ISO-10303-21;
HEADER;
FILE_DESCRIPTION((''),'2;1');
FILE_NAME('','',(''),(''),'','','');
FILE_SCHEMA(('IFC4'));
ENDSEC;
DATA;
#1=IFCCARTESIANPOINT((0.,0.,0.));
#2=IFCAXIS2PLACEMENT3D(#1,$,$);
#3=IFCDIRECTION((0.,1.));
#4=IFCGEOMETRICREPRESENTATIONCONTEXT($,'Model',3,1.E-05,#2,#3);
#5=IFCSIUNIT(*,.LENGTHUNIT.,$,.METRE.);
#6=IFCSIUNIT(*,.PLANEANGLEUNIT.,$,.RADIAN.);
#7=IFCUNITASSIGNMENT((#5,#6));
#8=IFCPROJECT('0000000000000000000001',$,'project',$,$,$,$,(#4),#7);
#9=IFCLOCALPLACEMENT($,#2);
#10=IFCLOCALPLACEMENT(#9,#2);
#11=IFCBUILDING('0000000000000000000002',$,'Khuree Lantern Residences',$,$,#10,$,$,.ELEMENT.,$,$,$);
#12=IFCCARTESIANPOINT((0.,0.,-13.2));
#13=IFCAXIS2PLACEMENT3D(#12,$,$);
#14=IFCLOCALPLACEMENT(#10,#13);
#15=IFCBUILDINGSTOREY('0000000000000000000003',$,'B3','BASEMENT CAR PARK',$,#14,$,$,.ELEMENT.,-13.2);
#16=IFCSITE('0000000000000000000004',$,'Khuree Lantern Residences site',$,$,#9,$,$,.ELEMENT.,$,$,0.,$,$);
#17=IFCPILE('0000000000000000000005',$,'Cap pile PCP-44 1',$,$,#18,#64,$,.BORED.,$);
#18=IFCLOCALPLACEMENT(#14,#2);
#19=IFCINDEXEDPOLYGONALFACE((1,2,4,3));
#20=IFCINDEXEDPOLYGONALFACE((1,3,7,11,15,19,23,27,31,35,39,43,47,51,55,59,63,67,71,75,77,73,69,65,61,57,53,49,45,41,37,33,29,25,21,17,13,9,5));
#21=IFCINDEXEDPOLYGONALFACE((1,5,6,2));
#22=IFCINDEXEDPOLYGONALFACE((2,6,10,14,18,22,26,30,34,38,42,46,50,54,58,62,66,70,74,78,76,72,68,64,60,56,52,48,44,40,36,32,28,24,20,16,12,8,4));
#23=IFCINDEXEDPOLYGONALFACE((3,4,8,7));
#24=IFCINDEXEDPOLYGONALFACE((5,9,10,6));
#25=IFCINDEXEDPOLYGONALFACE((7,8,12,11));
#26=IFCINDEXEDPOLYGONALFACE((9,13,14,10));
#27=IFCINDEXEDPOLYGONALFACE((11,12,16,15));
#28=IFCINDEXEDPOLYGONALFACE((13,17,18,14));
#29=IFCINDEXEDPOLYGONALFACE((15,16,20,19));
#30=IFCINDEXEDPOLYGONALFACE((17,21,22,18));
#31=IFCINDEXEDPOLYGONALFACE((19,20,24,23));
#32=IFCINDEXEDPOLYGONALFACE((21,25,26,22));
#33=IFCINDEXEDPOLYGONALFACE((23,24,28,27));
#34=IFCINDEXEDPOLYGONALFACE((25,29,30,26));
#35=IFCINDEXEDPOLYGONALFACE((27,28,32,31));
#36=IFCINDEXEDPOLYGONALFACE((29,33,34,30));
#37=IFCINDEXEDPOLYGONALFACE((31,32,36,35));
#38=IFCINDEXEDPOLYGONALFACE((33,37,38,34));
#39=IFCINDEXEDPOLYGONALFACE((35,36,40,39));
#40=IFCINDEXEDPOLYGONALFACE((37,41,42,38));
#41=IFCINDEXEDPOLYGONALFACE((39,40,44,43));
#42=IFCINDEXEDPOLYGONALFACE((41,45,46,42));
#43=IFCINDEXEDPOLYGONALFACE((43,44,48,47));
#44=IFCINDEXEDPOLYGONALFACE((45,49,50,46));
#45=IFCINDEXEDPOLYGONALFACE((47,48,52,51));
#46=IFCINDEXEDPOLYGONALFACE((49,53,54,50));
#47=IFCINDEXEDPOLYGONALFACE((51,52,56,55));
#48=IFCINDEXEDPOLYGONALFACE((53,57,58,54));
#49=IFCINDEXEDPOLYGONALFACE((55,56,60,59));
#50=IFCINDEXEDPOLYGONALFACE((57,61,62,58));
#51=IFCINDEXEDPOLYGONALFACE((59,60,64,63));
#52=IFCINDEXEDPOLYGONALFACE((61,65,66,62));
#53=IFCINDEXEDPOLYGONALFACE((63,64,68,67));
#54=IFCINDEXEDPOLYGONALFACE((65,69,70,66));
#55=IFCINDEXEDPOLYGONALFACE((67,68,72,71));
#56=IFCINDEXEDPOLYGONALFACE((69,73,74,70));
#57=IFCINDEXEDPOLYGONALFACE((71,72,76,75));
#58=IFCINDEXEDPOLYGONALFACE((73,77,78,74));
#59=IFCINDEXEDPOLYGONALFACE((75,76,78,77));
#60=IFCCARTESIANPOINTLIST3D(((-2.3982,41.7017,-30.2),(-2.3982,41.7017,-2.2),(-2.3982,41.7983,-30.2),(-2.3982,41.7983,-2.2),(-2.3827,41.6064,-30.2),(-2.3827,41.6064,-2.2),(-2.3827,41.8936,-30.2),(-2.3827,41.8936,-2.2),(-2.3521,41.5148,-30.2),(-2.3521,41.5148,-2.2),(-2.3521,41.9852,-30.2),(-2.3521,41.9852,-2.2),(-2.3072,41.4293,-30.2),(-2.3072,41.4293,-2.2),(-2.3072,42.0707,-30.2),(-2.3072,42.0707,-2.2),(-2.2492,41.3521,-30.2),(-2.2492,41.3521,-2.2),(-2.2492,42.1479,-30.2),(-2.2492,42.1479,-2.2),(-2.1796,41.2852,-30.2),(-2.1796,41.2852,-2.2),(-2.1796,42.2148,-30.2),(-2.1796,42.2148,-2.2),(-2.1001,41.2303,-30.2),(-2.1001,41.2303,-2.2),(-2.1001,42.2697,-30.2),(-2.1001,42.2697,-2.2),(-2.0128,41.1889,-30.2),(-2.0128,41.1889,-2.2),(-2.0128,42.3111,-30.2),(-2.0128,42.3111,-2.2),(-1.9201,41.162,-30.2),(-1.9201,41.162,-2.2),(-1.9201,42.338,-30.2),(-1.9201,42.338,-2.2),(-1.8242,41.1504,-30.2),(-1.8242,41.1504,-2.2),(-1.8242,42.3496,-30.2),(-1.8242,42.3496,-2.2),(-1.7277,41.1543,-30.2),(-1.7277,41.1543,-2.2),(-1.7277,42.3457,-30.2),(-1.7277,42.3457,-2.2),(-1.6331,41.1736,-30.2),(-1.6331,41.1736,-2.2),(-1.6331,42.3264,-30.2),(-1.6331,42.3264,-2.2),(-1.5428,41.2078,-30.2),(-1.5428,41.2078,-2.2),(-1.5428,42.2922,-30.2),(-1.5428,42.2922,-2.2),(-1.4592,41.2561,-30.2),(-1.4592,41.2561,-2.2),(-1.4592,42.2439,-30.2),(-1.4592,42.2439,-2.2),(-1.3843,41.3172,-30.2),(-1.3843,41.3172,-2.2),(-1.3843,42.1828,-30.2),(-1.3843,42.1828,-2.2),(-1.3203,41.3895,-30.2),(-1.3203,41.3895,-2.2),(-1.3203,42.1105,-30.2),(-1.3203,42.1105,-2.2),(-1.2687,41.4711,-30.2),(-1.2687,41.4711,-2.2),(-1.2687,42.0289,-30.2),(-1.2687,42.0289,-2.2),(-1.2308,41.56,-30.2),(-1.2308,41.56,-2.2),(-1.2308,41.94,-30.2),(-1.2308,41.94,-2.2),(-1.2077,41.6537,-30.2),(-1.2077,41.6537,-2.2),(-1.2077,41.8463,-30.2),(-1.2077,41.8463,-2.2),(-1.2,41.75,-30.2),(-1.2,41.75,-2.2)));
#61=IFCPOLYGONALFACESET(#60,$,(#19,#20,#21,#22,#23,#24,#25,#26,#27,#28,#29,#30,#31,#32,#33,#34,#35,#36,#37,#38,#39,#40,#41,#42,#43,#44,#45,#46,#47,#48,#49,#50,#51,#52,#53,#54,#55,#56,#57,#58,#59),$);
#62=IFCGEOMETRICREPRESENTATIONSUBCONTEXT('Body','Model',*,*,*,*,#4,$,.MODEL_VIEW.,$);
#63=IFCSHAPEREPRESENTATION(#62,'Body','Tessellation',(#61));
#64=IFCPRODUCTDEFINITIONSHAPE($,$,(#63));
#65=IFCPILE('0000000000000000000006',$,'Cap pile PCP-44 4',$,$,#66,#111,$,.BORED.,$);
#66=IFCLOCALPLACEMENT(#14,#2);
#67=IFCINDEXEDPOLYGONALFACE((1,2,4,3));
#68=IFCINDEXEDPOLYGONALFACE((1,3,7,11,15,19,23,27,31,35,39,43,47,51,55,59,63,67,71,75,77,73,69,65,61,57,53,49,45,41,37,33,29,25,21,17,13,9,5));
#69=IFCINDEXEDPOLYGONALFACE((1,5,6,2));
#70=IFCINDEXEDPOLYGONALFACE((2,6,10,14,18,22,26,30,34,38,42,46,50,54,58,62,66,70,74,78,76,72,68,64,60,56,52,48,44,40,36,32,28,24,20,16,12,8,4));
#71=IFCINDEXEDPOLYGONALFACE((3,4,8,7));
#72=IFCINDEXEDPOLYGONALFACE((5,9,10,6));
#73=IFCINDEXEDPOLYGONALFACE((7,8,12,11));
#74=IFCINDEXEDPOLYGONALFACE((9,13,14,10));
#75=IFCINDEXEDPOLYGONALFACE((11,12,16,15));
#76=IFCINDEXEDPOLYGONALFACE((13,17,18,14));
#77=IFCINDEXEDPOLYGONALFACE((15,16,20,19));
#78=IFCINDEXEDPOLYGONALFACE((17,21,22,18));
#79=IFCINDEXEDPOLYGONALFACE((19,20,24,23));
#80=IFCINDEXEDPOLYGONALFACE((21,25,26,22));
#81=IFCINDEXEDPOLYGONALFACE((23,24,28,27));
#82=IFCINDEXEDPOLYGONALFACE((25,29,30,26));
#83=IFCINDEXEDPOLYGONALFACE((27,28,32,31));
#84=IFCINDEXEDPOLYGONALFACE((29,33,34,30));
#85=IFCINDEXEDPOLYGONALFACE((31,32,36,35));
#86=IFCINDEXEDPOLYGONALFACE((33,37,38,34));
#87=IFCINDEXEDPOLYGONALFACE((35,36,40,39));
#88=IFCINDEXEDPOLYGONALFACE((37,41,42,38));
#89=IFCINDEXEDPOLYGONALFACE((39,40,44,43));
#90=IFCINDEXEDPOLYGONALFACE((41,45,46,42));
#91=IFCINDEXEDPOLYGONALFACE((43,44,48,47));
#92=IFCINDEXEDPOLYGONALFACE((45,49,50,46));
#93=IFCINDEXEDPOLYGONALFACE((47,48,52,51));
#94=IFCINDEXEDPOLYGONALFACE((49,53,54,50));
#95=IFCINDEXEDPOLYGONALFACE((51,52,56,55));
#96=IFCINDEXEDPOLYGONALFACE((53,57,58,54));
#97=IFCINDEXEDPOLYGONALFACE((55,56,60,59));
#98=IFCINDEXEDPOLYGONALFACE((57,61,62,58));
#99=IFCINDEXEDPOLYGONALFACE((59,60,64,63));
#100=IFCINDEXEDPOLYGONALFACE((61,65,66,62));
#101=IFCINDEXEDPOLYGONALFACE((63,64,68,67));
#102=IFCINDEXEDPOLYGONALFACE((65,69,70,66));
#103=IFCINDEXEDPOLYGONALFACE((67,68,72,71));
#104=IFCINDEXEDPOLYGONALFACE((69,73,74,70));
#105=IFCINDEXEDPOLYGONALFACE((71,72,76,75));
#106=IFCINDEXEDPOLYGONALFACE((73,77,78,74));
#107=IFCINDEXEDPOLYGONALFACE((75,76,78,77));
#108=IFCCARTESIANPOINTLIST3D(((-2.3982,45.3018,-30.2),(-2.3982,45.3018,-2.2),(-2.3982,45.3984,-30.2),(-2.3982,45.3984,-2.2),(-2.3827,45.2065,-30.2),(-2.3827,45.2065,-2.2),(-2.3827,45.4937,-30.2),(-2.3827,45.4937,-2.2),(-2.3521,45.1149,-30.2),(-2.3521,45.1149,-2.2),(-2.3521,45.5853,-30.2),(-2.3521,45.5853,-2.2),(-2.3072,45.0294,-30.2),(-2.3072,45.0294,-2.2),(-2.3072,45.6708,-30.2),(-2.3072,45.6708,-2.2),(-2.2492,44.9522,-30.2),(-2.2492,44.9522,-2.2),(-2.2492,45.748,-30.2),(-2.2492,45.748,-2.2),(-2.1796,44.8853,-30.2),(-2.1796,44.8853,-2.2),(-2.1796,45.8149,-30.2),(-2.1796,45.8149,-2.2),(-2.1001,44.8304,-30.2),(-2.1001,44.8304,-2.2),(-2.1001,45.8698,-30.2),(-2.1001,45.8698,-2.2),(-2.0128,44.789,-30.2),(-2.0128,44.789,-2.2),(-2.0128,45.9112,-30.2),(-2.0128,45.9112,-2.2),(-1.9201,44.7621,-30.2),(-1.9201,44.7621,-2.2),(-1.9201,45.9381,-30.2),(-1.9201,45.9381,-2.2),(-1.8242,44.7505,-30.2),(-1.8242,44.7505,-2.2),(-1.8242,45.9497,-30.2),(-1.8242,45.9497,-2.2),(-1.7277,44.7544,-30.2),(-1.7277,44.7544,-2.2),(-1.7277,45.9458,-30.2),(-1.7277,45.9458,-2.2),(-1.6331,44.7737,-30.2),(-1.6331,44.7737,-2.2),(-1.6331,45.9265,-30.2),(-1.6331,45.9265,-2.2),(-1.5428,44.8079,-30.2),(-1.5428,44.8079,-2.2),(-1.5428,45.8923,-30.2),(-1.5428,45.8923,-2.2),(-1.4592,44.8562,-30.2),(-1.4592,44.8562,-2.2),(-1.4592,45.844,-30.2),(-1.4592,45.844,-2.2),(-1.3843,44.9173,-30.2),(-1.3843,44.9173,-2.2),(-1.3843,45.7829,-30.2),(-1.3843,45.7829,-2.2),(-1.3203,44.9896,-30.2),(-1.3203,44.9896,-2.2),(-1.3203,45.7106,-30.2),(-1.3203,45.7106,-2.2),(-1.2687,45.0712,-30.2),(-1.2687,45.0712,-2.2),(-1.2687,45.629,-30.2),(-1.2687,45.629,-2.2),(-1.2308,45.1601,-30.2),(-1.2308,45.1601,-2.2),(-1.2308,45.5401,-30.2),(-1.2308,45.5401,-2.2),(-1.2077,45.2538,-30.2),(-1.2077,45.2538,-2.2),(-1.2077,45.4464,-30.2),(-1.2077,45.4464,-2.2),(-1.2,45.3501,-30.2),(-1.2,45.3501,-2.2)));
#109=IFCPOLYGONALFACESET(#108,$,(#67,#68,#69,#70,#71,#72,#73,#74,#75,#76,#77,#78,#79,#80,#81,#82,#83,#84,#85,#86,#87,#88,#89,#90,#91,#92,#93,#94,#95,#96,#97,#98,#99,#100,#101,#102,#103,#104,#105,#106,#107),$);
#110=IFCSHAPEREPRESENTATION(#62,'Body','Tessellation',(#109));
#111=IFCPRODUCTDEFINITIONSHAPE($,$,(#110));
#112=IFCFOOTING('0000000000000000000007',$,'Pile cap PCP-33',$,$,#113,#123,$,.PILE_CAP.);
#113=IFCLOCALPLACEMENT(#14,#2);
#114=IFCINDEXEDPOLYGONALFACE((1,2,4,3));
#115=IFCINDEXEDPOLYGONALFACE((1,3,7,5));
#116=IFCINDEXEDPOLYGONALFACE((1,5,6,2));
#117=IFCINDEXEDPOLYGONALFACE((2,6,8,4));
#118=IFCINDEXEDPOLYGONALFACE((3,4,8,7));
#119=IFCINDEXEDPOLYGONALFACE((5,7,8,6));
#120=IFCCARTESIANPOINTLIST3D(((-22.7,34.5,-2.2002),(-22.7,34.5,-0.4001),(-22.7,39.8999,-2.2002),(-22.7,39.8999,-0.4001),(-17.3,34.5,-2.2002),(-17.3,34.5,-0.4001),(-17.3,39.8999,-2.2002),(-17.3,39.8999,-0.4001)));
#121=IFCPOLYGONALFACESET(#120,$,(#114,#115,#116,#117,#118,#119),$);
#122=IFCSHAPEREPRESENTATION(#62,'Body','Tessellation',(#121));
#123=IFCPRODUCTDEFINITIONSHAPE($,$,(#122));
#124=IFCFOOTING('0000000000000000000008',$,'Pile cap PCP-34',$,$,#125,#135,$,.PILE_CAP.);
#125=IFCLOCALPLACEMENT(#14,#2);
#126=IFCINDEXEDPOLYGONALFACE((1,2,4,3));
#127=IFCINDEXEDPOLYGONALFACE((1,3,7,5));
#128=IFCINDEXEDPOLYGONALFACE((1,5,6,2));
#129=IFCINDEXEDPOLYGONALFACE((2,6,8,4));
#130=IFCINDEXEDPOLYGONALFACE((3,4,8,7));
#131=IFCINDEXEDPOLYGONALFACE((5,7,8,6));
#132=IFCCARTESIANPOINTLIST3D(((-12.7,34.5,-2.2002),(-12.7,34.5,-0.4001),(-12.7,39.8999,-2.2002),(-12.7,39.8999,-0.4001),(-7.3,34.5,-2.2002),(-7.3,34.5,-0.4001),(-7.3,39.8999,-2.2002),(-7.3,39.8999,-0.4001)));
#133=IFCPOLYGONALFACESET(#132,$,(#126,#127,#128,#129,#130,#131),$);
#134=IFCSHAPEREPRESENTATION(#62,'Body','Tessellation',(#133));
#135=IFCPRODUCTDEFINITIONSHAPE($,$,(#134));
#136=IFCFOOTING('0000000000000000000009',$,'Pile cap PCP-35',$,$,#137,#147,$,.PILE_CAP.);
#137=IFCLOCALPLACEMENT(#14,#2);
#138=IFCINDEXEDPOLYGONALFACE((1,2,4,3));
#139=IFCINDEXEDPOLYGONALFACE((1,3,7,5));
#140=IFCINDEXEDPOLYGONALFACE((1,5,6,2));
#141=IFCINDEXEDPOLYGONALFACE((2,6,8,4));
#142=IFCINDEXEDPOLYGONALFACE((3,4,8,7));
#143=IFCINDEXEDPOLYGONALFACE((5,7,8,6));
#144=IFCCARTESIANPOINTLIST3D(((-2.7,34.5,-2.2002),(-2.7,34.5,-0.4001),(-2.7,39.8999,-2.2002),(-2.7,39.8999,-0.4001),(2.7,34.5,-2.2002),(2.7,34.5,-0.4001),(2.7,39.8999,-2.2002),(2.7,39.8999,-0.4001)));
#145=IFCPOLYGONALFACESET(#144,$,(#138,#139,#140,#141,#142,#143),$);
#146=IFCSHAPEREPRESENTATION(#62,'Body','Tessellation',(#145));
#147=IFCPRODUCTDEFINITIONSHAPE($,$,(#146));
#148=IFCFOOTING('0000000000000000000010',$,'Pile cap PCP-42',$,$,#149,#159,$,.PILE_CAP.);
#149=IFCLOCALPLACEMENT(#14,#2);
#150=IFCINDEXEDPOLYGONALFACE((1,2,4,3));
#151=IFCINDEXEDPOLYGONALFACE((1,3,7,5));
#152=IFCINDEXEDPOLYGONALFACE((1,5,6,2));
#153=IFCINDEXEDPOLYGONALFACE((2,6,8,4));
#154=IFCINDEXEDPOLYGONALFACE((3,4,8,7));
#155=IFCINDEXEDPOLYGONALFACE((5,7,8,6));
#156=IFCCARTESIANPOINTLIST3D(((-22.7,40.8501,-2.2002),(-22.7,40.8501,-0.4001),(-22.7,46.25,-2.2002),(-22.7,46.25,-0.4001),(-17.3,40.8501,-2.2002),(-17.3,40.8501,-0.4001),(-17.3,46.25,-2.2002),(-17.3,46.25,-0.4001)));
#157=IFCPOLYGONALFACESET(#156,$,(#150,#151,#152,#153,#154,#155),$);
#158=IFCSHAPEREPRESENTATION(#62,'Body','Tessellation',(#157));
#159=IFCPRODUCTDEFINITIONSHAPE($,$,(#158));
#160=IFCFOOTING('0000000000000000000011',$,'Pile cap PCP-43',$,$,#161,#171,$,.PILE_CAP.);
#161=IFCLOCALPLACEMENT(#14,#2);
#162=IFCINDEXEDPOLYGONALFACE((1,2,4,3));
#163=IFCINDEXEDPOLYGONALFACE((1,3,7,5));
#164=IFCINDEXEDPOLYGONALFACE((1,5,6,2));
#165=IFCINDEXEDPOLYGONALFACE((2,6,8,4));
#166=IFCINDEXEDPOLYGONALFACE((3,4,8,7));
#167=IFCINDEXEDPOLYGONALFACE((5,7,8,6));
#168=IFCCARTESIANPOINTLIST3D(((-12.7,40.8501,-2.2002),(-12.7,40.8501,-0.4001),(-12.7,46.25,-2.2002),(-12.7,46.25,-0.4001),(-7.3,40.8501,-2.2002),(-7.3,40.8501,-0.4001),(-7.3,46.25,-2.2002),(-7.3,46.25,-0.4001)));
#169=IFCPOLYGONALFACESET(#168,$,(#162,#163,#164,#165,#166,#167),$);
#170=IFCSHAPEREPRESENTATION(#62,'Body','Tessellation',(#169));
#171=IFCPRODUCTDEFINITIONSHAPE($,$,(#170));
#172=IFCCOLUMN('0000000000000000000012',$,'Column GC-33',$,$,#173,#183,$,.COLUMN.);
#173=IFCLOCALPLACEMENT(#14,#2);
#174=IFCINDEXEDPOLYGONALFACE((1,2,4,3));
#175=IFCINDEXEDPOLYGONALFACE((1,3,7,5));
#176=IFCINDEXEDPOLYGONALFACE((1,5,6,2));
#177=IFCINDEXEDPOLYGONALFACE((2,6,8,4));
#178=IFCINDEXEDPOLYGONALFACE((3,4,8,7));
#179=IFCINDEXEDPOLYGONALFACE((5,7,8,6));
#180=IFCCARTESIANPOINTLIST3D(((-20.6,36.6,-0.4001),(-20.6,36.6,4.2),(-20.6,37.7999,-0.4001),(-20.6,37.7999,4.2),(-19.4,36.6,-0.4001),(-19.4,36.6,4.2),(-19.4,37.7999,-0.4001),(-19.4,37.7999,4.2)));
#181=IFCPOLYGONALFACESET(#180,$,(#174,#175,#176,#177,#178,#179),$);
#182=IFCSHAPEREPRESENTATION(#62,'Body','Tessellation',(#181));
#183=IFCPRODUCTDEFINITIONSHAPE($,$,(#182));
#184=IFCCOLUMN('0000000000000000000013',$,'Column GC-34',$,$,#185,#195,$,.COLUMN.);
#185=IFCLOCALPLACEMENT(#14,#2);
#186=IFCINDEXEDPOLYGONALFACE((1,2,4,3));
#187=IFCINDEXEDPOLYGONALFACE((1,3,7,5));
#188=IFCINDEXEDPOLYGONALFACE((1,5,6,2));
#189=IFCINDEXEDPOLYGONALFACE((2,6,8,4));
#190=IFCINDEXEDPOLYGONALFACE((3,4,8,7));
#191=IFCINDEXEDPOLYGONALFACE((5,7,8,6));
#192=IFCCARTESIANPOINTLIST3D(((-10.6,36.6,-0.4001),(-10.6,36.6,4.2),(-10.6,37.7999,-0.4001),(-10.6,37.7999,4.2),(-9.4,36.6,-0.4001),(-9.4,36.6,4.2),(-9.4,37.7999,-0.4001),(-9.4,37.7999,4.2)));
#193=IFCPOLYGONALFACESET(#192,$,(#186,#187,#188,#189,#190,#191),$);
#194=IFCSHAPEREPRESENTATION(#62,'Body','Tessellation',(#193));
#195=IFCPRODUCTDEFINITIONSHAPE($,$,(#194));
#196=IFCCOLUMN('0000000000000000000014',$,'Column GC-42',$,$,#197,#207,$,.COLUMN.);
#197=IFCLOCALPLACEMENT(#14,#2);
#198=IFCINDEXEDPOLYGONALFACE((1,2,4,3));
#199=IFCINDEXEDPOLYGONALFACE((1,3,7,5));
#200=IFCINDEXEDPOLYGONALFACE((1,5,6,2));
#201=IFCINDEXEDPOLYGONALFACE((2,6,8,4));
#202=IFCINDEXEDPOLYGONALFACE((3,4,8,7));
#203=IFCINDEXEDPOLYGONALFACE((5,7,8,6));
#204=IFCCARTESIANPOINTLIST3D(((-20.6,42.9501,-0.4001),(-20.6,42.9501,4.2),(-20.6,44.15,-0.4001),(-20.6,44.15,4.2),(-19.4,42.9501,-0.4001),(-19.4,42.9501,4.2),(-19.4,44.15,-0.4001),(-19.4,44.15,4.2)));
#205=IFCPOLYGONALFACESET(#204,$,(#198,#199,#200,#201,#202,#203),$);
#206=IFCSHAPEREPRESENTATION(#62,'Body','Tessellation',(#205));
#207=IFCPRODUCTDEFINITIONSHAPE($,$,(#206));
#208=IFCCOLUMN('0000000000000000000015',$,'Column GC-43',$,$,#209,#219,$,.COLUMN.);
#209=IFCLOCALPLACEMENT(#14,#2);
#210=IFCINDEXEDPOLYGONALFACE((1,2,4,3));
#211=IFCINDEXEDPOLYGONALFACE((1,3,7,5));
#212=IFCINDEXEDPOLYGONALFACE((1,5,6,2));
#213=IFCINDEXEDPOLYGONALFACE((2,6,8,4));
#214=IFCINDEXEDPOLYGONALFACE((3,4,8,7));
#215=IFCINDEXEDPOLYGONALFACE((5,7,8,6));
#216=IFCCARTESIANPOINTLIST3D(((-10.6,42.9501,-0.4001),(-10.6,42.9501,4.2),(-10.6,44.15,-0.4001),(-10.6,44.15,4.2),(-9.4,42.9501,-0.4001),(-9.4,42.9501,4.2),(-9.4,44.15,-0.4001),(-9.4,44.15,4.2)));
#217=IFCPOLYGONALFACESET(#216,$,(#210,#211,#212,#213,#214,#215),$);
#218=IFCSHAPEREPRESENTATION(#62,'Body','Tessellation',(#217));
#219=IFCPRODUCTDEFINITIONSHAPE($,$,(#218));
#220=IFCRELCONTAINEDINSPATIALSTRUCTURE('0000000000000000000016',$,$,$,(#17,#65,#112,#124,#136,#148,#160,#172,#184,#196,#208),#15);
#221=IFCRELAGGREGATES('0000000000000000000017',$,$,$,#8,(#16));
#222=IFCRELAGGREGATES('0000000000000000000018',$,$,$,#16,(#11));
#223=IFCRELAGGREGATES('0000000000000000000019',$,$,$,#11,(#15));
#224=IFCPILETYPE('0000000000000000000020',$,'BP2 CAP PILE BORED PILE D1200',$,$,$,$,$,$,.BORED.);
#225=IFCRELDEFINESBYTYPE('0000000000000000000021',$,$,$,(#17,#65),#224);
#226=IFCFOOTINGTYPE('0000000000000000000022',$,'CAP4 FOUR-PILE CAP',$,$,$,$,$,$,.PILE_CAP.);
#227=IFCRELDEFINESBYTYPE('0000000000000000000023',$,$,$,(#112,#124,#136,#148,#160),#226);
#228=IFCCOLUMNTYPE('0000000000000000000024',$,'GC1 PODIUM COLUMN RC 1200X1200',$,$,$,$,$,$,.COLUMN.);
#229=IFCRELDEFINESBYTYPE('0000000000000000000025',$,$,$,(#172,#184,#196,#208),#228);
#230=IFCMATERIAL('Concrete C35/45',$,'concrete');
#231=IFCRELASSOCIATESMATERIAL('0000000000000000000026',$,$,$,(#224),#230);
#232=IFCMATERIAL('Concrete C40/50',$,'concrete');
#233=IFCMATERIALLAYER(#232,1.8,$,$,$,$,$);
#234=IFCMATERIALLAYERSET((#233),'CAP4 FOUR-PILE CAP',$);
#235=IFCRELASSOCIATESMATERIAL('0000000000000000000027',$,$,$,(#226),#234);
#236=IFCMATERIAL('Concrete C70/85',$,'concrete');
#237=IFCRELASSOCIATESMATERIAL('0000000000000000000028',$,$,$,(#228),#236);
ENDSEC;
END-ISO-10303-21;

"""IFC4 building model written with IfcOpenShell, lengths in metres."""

from ifc_helpers import new_model, si_unit, direction, frame, origin, origin_2d, place, context, subcontext, project, spatial, rectangle, circle, extrude, material, layer, layer_set, material_profile, profile_set, type_object, element, save


model = new_model("IFC4")

# Units and contexts
model_context = context("Model", 3, precision=1e-05, world=origin(), true_north=direction((0.0, 1.0)))
body_context = subcontext(model_context, "Body", "Model", "MODEL_VIEW")
ifc_project = project(units=[si_unit("LENGTHUNIT", "METRE"), si_unit("PLANEANGLEUNIT", "RADIAN")], contexts=[model_context])

# Site, building, storey
site_placement = place(None, origin())
site = spatial("IfcSite", under=ifc_project, at=site_placement, Name="Khuree Lantern Residences site", CompositionType="ELEMENT", RefElevation=0.0)
building_placement = place(site_placement, origin())
building = spatial("IfcBuilding", under=site, at=building_placement, Name="Khuree Lantern Residences", CompositionType="ELEMENT")
storey_placement = place(building_placement, frame((0.0, 0.0, -13.2)))
storey = spatial("IfcBuildingStorey", under=building, at=storey_placement, Name="B3", Description="BASEMENT CAR PARK", CompositionType="ELEMENT", Elevation=-13.2)

# Piles
ifc_material_1 = material(Name="Concrete C35/45", Category="concrete")
ifc_material_profile_1 = material_profile(ifc_material_1, circle(Radius=0.6001, at=origin_2d()), Name="BORED PILE D1200")
ifc_profile_set_1 = profile_set([ifc_material_profile_1], Name="Concrete C35/45")
pile_type_1 = type_object("IfcPileType", Name="BP2 CAP PILE BORED PILE D1200", PredefinedType="BORED", material=ifc_profile_set_1)
for number, where, z_axis, x_axis, name in (
    (1, (-1.8, 41.75, -2.2), (0.0, 0.0, -1.0), (1.0, 0.0, 0.0), "Cap pile PCP-44 1"),
    (2, (-1.8, 45.3501, -2.2), (0.0, 0.0, -1.0), (1.0, 0.0, 0.0), "Cap pile PCP-44 4"),
):
    element("IfcPile", number, at=place(storey_placement, frame(where, z_axis=z_axis, x_axis=x_axis)), inside=storey, type_object=pile_type_1, Name=name, PredefinedType="BORED", context=body_context, shape_type="SweptSolid", body=[
        extrude(circle(Radius=0.6001, at=origin_2d()), origin(), (0.0, 0.0, 1.0), 28.0),
    ])

# Footings
ifc_material_2 = material(Name="Concrete C40/50", Category="concrete")
ifc_layer = layer(ifc_material_2, 1.8)
ifc_layer_set = layer_set([ifc_layer], Name="CAP4 FOUR-PILE CAP")
footing_type = type_object("IfcFootingType", Name="CAP4 FOUR-PILE CAP", PredefinedType="PILE_CAP", material=ifc_layer_set)
for number, where, z_axis, x_axis, name in (
    (3, (-20.0, 37.2, -2.2002), (0.0, 0.0, 1.0), (1.0, 0.0, 0.0), "Pile cap PCP-33"),
    (4, (-10.0, 37.2, -2.2002), (0.0, 0.0, 1.0), (1.0, 0.0, 0.0), "Pile cap PCP-34"),
    (5, (0.0, 37.2, -2.2002), (0.0, 0.0, 1.0), (1.0, 0.0, 0.0), "Pile cap PCP-35"),
    (6, (-20.0, 43.55, -2.2002), (0.0, 0.0, 1.0), (1.0, 0.0, 0.0), "Pile cap PCP-42"),
    (7, (-10.0, 43.55, -2.2002), (0.0, 0.0, 1.0), (1.0, 0.0, 0.0), "Pile cap PCP-43"),
):
    element("IfcFooting", number, at=place(storey_placement, frame(where, z_axis=z_axis, x_axis=x_axis)), inside=storey, type_object=footing_type, Name=name, PredefinedType="PILE_CAP", context=body_context, shape_type="SweptSolid", body=[
        extrude(rectangle(XDim=5.3999, YDim=5.3999, at=origin_2d()), origin(), (0.0, 0.0, 1.0), 1.8),
    ])

# Columns
ifc_material_3 = material(Name="Concrete C70/85", Category="concrete")
ifc_material_profile_2 = material_profile(ifc_material_3, rectangle(XDim=1.2, YDim=1.2, at=origin_2d()), Name="RC 1200X1200")
ifc_profile_set_2 = profile_set([ifc_material_profile_2], Name="Concrete C70/85")
column_type_1 = type_object("IfcColumnType", Name="GC1 PODIUM COLUMN RC 1200X1200", PredefinedType="COLUMN", material=ifc_profile_set_2)
for number, where, z_axis, x_axis, name in (
    (8, (-20.0, 37.2, -0.4001), (0.0, 0.0, 1.0), (1.0, 0.0, 0.0), "Column GC-33"),
    (9, (-10.0, 37.2, -0.4001), (0.0, 0.0, 1.0), (1.0, 0.0, 0.0), "Column GC-34"),
    (10, (-20.0, 43.55, -0.4001), (0.0, 0.0, 1.0), (1.0, 0.0, 0.0), "Column GC-42"),
    (11, (-10.0, 43.55, -0.4001), (0.0, 0.0, 1.0), (1.0, 0.0, 0.0), "Column GC-43"),
):
    element("IfcColumn", number, at=place(storey_placement, frame(where, z_axis=z_axis, x_axis=x_axis)), inside=storey, type_object=column_type_1, Name=name, PredefinedType="COLUMN", context=body_context, shape_type="SweptSolid", body=[
        extrude(rectangle(XDim=1.2, YDim=1.2, at=origin_2d()), origin(), (0.0, 0.0, 1.0), 4.6001),
    ])

save(model, "model.ifc")
